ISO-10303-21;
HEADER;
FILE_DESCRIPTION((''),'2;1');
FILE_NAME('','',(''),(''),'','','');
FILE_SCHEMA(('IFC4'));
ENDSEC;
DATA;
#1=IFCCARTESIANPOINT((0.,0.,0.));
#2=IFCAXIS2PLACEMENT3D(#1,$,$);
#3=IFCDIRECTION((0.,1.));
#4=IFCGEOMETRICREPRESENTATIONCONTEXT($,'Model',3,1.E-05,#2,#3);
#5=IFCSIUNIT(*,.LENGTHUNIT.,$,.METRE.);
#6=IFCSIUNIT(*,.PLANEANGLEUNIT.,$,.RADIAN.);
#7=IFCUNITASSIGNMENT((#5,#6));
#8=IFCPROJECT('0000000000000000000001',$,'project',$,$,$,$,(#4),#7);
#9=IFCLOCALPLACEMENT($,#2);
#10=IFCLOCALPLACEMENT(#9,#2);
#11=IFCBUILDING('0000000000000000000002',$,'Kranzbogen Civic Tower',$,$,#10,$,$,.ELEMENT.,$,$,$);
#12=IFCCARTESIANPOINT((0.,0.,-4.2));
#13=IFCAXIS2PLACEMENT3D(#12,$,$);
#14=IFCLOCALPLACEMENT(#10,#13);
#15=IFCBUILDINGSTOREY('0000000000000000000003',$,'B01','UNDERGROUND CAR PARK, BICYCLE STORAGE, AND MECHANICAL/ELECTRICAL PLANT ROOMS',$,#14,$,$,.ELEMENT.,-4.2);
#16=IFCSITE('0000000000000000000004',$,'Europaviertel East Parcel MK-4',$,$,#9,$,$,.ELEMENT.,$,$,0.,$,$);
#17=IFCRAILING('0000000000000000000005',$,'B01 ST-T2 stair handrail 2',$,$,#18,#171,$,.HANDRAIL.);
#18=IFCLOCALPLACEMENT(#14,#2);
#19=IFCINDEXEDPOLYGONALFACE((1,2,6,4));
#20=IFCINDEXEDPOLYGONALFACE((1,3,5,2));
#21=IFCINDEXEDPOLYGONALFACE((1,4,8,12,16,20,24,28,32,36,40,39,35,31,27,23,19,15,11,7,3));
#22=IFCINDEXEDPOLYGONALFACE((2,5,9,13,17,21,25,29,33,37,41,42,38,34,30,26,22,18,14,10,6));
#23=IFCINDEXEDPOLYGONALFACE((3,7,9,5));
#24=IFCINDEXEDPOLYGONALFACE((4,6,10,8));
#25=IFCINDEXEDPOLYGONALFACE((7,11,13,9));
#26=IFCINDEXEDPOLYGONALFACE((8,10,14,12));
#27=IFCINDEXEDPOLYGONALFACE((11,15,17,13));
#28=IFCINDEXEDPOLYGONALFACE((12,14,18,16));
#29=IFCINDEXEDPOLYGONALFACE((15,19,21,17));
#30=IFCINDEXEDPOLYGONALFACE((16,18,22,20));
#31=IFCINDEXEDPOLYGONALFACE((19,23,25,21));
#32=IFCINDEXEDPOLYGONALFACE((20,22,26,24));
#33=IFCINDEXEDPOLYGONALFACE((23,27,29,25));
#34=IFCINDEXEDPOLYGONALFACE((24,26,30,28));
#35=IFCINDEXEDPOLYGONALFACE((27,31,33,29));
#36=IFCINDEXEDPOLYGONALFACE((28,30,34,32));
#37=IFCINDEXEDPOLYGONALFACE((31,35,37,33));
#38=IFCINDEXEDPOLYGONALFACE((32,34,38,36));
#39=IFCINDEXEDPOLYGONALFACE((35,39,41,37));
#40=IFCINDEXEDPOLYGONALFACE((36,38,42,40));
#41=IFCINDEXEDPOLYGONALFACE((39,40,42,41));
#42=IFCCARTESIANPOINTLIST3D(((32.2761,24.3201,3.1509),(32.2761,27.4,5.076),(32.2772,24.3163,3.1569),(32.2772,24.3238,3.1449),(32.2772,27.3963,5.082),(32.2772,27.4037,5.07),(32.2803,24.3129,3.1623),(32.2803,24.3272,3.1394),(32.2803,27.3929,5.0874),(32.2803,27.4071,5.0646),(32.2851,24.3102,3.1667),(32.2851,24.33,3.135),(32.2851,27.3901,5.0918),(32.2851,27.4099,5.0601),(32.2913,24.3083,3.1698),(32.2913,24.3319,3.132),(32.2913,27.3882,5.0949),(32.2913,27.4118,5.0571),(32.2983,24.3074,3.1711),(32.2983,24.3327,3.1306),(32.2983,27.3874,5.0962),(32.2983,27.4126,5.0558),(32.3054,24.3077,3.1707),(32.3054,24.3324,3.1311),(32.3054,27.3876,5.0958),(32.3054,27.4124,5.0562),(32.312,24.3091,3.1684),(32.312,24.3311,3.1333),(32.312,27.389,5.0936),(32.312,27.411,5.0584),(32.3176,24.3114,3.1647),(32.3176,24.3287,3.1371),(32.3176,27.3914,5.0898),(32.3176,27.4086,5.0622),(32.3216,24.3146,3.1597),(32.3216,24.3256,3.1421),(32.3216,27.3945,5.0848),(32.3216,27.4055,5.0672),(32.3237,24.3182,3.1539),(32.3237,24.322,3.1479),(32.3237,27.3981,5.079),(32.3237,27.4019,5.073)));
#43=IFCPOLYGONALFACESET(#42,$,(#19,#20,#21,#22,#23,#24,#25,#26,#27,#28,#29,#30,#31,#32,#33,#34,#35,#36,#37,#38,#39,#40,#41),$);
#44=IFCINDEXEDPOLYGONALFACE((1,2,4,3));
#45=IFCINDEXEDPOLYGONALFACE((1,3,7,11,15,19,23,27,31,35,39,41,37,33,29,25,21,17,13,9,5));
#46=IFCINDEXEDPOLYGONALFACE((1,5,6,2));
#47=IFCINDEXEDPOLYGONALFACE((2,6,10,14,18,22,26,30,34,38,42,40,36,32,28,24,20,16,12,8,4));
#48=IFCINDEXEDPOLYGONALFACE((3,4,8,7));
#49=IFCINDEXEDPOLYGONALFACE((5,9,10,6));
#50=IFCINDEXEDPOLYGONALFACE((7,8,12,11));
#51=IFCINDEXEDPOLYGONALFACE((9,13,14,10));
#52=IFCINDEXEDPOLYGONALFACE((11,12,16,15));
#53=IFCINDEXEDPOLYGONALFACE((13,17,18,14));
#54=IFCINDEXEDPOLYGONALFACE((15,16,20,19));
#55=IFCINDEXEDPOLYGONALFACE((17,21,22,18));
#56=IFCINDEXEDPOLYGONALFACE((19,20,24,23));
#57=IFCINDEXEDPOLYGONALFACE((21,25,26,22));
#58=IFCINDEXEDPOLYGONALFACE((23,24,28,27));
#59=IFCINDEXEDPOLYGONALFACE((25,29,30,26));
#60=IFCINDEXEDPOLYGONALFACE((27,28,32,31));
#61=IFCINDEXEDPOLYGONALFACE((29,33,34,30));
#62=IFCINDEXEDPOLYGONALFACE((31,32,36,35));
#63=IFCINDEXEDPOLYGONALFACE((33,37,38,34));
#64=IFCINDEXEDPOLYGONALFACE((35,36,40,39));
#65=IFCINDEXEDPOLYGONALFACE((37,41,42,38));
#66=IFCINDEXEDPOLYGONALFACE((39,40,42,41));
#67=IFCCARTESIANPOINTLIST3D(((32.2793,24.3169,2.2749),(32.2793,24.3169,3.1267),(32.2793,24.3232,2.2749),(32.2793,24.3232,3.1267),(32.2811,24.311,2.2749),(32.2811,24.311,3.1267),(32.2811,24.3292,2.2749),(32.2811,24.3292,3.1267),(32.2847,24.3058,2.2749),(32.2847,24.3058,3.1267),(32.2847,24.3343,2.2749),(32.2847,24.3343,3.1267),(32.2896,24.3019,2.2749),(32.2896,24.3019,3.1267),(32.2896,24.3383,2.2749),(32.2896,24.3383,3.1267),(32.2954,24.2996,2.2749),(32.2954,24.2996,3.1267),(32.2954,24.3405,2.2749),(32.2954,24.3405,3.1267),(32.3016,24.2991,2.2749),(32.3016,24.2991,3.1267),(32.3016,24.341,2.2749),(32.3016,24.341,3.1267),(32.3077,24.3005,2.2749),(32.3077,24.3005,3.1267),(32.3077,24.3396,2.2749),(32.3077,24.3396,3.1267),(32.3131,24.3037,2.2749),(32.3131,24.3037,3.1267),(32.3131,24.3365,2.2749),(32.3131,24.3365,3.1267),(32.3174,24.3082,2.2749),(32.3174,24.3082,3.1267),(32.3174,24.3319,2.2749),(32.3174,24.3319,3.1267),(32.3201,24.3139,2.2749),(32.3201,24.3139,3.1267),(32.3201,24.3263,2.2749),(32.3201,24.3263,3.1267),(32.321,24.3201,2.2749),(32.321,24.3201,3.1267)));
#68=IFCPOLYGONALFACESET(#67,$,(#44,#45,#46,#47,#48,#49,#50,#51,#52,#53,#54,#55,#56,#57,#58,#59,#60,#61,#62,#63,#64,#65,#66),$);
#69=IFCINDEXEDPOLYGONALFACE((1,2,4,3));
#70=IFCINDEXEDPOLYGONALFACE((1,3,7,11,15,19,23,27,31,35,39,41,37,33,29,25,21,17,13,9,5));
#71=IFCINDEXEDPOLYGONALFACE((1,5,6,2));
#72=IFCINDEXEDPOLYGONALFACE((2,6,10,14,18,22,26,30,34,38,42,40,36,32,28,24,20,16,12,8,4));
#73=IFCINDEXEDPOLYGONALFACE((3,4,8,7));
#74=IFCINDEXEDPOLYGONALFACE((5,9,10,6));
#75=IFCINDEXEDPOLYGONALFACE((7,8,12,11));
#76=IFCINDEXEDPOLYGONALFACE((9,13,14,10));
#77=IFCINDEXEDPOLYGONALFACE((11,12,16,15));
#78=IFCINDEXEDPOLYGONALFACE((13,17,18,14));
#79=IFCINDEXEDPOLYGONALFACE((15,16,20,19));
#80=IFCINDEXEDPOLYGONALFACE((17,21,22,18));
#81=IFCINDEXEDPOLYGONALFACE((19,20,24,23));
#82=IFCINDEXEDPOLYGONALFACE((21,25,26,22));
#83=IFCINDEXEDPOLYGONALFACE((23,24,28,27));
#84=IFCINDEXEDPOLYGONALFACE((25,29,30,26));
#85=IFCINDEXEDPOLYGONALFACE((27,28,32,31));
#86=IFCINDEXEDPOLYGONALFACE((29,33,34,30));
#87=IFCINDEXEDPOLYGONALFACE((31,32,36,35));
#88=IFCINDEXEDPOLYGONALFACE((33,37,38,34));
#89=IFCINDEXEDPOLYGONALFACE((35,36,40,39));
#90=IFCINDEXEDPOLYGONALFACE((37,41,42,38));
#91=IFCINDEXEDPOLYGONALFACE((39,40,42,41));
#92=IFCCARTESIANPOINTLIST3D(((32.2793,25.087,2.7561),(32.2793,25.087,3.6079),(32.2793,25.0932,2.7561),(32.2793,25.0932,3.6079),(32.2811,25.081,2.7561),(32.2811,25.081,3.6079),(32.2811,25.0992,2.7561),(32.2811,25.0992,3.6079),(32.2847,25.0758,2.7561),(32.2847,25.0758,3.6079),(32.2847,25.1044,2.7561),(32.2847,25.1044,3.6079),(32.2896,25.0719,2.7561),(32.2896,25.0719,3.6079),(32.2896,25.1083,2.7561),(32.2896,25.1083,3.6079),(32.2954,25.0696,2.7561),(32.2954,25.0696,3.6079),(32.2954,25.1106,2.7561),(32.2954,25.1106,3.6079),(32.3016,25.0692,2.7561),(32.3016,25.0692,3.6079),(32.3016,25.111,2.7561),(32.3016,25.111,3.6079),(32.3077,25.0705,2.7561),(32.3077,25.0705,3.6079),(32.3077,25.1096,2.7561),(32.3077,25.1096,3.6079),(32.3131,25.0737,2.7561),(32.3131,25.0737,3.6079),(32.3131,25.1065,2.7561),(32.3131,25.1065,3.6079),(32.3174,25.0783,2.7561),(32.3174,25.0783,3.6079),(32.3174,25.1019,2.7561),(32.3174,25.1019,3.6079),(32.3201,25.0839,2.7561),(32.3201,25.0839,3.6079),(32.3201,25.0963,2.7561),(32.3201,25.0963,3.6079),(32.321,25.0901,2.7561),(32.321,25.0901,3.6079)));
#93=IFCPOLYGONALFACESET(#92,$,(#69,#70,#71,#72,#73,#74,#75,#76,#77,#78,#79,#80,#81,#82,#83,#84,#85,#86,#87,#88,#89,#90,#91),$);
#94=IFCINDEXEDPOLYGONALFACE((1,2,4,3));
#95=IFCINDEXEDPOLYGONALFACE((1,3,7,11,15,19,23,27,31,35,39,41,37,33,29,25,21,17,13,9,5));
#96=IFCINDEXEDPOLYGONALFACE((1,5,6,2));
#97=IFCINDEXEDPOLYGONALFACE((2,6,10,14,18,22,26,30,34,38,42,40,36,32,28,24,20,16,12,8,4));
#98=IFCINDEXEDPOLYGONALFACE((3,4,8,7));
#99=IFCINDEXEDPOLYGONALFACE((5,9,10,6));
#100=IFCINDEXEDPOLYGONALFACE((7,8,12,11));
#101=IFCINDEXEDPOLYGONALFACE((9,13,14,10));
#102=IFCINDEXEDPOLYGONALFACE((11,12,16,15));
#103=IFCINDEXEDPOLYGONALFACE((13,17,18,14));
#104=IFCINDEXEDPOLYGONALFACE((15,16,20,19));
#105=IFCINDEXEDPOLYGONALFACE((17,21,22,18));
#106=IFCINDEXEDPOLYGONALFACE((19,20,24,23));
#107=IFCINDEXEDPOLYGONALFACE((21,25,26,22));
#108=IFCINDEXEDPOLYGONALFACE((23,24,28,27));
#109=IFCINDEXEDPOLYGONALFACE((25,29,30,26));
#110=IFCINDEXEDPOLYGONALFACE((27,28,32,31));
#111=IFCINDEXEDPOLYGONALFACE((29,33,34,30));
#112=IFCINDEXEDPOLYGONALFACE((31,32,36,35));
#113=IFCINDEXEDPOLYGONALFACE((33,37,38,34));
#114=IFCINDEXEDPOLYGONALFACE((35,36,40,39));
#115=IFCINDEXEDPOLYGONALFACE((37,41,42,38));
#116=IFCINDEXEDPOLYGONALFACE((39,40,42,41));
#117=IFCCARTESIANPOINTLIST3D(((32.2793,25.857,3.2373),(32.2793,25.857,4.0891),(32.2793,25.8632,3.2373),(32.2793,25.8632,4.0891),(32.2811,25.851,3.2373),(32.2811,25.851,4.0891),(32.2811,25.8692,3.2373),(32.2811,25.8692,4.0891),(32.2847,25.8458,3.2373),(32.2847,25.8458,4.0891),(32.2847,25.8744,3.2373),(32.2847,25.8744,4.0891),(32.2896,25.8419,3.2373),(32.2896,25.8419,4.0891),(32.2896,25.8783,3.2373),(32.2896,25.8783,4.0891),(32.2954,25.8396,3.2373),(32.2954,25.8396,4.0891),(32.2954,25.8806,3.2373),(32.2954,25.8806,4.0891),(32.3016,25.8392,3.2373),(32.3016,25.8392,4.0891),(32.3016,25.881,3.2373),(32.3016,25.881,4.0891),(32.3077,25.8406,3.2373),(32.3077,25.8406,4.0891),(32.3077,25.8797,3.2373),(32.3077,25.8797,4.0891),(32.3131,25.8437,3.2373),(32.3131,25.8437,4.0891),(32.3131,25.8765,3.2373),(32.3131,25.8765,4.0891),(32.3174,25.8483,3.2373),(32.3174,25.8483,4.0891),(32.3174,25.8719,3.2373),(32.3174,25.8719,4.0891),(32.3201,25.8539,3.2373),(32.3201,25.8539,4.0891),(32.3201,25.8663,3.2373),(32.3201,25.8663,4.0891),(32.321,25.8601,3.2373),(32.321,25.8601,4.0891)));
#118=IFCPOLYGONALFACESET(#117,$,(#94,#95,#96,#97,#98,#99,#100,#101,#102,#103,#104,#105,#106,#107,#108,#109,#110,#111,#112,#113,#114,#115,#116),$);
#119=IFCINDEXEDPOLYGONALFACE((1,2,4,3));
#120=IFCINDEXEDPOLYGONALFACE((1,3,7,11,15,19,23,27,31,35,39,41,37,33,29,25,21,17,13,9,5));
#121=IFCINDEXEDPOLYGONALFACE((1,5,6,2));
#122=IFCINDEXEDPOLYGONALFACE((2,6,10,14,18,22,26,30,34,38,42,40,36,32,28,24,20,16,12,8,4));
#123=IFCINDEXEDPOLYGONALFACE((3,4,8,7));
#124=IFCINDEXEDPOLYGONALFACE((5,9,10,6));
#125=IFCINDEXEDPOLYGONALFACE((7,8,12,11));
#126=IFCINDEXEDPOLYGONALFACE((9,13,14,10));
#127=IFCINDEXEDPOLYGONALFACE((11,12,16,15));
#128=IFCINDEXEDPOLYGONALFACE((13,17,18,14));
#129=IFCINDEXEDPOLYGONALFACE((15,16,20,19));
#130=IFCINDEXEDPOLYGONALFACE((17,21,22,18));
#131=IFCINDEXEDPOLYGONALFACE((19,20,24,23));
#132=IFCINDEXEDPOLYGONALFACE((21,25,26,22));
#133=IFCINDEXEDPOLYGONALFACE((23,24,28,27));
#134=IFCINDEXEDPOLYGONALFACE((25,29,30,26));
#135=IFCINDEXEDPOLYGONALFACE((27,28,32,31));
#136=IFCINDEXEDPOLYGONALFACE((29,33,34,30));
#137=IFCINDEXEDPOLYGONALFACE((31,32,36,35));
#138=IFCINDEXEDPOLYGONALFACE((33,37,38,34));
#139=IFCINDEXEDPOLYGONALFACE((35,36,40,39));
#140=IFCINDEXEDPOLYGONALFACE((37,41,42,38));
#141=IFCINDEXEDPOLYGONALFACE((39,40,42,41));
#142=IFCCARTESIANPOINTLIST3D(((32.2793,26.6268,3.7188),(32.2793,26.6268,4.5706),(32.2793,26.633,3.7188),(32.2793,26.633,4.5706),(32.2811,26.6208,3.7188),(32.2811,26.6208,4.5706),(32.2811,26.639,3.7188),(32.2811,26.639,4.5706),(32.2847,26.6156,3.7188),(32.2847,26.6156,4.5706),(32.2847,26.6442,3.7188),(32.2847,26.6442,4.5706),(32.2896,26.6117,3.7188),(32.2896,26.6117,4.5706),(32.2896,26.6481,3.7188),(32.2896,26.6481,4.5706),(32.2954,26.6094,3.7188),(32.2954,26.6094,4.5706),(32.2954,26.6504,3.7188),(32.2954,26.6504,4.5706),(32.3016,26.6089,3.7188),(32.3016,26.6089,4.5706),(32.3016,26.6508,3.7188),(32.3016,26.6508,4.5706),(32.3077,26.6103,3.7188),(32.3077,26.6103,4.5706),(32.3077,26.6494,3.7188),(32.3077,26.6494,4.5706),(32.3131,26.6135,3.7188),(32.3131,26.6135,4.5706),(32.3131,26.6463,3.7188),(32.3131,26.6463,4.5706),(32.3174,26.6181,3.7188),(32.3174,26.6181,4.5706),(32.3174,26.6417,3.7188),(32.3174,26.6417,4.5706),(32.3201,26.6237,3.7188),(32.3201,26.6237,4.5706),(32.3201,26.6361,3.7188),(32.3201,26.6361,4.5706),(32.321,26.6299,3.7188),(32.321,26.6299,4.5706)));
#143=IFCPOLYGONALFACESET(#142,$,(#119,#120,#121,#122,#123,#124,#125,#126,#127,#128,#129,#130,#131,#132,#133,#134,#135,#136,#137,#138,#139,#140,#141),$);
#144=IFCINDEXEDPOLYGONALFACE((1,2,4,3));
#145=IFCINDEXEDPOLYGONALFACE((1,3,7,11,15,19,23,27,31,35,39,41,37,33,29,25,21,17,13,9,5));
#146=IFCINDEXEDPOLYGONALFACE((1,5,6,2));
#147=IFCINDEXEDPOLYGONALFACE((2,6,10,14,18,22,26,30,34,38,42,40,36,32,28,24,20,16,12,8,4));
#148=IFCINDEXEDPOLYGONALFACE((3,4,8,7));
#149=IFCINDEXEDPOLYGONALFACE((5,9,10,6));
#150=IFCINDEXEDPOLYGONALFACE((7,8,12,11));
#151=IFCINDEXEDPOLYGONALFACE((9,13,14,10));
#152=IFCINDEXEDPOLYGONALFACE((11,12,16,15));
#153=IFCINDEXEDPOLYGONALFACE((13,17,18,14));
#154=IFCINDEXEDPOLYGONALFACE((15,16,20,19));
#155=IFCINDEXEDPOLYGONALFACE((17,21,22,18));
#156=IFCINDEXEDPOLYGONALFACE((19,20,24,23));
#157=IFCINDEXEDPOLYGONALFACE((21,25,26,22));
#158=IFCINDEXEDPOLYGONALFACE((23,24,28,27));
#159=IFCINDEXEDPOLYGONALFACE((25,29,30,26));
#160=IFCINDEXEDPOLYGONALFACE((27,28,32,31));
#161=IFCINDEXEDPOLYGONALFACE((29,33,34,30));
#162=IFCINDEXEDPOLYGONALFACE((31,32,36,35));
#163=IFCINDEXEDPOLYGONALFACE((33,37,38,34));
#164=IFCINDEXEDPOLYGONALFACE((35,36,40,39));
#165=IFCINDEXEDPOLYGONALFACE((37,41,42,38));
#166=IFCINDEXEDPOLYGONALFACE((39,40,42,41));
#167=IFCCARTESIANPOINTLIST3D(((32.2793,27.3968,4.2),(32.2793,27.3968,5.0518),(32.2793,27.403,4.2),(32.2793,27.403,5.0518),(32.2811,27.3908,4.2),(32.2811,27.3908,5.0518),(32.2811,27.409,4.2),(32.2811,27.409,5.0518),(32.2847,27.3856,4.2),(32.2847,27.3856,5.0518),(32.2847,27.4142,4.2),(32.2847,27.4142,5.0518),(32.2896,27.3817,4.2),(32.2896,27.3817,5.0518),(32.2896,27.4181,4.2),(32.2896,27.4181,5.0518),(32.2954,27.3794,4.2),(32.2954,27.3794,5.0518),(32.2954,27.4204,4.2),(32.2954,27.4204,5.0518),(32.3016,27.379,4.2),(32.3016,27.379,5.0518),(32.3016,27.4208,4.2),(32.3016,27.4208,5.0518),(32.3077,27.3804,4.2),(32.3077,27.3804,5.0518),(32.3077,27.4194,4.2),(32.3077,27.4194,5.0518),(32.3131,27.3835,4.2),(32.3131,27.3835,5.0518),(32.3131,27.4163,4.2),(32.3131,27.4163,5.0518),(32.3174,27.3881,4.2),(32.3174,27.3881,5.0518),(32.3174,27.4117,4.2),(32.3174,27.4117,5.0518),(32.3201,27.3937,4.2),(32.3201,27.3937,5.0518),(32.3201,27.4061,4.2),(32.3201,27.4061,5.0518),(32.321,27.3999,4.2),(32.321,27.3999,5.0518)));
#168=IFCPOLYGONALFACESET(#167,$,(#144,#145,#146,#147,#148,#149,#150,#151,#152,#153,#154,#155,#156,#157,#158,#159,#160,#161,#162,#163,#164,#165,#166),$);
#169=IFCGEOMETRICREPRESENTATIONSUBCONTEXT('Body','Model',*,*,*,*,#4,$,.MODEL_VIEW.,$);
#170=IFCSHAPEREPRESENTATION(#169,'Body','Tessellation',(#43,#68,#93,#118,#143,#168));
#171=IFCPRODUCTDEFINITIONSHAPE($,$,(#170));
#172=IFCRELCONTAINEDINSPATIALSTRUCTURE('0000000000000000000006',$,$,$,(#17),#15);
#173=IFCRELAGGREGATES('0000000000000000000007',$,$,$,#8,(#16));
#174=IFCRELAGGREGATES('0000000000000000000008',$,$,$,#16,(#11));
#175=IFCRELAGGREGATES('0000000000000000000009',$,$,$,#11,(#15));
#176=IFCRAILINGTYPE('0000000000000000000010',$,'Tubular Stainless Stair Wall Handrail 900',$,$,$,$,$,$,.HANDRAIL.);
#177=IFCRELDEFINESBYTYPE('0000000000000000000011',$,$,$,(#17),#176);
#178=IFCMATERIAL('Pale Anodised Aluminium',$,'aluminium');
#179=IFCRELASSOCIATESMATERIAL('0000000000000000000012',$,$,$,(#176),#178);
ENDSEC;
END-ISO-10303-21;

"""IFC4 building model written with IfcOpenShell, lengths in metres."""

from ifc_helpers import new_model, si_unit, direction, frame, origin, origin_2d, place, context, subcontext, project, spatial, circle, extrude, material, type_object, element, save


model = new_model("IFC4")

# Units and contexts
model_context = context("Model", 3, precision=1e-05, world=origin(), true_north=direction((0.0, 1.0)))
body_context = subcontext(model_context, "Body", "Model", "MODEL_VIEW")
ifc_project = project(units=[si_unit("LENGTHUNIT", "METRE"), si_unit("PLANEANGLEUNIT", "RADIAN")], contexts=[model_context])

# Site, building, storey
site_placement = place(None, origin())
site = spatial("IfcSite", under=ifc_project, at=site_placement, Name="Europaviertel East Parcel MK-4", CompositionType="ELEMENT", RefElevation=0.0)
building_placement = place(site_placement, origin())
building = spatial("IfcBuilding", under=site, at=building_placement, Name="Kranzbogen Civic Tower", CompositionType="ELEMENT")
storey_placement = place(building_placement, frame((0.0, 0.0, -4.2)))
storey = spatial("IfcBuildingStorey", under=building, at=storey_placement, Name="B01", Description="UNDERGROUND CAR PARK, BICYCLE STORAGE, AND MECHANICAL/ELECTRICAL PLANT ROOMS", CompositionType="ELEMENT", Elevation=-4.2)

# Shared definitions
ifc_material_1 = material(Name="Pale Anodised Aluminium", Category="aluminium")

# Railing
railing_type_1 = type_object("IfcRailingType", Name="Tubular Stainless Stair Wall Handrail 900", PredefinedType="HANDRAIL", material=ifc_material_1)
railing_1_placement = place(storey_placement, frame((32.3, 24.3201, 2.2749)))
element("IfcRailing", 1, at=railing_1_placement, inside=storey, type_object=railing_type_1, Name="B01 ST-T2 stair handrail 2", PredefinedType="HANDRAIL", context=body_context, shape_type="SweptSolid", body=[
    extrude(circle(Radius=0.0239, at=origin_2d()), frame((0.0, 0.0, 0.876), z_axis=(0.0, 0.847979, 0.530029), x_axis=(-1.0, 0.0, 0.0)), (0.0, 0.0, 1.0), 3.6321),
    extrude(circle(Radius=0.021, at=origin_2d()), origin(), (0.0, 0.0, 1.0), 0.8518),
    extrude(circle(Radius=0.021, at=origin_2d()), frame((0.0, 0.77, 0.4812)), (0.0, 0.0, 1.0), 0.8518),
    extrude(circle(Radius=0.021, at=origin_2d()), frame((0.0, 1.54, 0.9624)), (0.0, 0.0, 1.0), 0.8518),
    extrude(circle(Radius=0.021, at=origin_2d()), frame((0.0, 2.3098, 1.4438)), (0.0, 0.0, 1.0), 0.8518),
    extrude(circle(Radius=0.021, at=origin_2d()), frame((0.0, 3.0798, 1.925)), (0.0, 0.0, 1.0), 0.8518),
])

save(model, "model.ifc")
